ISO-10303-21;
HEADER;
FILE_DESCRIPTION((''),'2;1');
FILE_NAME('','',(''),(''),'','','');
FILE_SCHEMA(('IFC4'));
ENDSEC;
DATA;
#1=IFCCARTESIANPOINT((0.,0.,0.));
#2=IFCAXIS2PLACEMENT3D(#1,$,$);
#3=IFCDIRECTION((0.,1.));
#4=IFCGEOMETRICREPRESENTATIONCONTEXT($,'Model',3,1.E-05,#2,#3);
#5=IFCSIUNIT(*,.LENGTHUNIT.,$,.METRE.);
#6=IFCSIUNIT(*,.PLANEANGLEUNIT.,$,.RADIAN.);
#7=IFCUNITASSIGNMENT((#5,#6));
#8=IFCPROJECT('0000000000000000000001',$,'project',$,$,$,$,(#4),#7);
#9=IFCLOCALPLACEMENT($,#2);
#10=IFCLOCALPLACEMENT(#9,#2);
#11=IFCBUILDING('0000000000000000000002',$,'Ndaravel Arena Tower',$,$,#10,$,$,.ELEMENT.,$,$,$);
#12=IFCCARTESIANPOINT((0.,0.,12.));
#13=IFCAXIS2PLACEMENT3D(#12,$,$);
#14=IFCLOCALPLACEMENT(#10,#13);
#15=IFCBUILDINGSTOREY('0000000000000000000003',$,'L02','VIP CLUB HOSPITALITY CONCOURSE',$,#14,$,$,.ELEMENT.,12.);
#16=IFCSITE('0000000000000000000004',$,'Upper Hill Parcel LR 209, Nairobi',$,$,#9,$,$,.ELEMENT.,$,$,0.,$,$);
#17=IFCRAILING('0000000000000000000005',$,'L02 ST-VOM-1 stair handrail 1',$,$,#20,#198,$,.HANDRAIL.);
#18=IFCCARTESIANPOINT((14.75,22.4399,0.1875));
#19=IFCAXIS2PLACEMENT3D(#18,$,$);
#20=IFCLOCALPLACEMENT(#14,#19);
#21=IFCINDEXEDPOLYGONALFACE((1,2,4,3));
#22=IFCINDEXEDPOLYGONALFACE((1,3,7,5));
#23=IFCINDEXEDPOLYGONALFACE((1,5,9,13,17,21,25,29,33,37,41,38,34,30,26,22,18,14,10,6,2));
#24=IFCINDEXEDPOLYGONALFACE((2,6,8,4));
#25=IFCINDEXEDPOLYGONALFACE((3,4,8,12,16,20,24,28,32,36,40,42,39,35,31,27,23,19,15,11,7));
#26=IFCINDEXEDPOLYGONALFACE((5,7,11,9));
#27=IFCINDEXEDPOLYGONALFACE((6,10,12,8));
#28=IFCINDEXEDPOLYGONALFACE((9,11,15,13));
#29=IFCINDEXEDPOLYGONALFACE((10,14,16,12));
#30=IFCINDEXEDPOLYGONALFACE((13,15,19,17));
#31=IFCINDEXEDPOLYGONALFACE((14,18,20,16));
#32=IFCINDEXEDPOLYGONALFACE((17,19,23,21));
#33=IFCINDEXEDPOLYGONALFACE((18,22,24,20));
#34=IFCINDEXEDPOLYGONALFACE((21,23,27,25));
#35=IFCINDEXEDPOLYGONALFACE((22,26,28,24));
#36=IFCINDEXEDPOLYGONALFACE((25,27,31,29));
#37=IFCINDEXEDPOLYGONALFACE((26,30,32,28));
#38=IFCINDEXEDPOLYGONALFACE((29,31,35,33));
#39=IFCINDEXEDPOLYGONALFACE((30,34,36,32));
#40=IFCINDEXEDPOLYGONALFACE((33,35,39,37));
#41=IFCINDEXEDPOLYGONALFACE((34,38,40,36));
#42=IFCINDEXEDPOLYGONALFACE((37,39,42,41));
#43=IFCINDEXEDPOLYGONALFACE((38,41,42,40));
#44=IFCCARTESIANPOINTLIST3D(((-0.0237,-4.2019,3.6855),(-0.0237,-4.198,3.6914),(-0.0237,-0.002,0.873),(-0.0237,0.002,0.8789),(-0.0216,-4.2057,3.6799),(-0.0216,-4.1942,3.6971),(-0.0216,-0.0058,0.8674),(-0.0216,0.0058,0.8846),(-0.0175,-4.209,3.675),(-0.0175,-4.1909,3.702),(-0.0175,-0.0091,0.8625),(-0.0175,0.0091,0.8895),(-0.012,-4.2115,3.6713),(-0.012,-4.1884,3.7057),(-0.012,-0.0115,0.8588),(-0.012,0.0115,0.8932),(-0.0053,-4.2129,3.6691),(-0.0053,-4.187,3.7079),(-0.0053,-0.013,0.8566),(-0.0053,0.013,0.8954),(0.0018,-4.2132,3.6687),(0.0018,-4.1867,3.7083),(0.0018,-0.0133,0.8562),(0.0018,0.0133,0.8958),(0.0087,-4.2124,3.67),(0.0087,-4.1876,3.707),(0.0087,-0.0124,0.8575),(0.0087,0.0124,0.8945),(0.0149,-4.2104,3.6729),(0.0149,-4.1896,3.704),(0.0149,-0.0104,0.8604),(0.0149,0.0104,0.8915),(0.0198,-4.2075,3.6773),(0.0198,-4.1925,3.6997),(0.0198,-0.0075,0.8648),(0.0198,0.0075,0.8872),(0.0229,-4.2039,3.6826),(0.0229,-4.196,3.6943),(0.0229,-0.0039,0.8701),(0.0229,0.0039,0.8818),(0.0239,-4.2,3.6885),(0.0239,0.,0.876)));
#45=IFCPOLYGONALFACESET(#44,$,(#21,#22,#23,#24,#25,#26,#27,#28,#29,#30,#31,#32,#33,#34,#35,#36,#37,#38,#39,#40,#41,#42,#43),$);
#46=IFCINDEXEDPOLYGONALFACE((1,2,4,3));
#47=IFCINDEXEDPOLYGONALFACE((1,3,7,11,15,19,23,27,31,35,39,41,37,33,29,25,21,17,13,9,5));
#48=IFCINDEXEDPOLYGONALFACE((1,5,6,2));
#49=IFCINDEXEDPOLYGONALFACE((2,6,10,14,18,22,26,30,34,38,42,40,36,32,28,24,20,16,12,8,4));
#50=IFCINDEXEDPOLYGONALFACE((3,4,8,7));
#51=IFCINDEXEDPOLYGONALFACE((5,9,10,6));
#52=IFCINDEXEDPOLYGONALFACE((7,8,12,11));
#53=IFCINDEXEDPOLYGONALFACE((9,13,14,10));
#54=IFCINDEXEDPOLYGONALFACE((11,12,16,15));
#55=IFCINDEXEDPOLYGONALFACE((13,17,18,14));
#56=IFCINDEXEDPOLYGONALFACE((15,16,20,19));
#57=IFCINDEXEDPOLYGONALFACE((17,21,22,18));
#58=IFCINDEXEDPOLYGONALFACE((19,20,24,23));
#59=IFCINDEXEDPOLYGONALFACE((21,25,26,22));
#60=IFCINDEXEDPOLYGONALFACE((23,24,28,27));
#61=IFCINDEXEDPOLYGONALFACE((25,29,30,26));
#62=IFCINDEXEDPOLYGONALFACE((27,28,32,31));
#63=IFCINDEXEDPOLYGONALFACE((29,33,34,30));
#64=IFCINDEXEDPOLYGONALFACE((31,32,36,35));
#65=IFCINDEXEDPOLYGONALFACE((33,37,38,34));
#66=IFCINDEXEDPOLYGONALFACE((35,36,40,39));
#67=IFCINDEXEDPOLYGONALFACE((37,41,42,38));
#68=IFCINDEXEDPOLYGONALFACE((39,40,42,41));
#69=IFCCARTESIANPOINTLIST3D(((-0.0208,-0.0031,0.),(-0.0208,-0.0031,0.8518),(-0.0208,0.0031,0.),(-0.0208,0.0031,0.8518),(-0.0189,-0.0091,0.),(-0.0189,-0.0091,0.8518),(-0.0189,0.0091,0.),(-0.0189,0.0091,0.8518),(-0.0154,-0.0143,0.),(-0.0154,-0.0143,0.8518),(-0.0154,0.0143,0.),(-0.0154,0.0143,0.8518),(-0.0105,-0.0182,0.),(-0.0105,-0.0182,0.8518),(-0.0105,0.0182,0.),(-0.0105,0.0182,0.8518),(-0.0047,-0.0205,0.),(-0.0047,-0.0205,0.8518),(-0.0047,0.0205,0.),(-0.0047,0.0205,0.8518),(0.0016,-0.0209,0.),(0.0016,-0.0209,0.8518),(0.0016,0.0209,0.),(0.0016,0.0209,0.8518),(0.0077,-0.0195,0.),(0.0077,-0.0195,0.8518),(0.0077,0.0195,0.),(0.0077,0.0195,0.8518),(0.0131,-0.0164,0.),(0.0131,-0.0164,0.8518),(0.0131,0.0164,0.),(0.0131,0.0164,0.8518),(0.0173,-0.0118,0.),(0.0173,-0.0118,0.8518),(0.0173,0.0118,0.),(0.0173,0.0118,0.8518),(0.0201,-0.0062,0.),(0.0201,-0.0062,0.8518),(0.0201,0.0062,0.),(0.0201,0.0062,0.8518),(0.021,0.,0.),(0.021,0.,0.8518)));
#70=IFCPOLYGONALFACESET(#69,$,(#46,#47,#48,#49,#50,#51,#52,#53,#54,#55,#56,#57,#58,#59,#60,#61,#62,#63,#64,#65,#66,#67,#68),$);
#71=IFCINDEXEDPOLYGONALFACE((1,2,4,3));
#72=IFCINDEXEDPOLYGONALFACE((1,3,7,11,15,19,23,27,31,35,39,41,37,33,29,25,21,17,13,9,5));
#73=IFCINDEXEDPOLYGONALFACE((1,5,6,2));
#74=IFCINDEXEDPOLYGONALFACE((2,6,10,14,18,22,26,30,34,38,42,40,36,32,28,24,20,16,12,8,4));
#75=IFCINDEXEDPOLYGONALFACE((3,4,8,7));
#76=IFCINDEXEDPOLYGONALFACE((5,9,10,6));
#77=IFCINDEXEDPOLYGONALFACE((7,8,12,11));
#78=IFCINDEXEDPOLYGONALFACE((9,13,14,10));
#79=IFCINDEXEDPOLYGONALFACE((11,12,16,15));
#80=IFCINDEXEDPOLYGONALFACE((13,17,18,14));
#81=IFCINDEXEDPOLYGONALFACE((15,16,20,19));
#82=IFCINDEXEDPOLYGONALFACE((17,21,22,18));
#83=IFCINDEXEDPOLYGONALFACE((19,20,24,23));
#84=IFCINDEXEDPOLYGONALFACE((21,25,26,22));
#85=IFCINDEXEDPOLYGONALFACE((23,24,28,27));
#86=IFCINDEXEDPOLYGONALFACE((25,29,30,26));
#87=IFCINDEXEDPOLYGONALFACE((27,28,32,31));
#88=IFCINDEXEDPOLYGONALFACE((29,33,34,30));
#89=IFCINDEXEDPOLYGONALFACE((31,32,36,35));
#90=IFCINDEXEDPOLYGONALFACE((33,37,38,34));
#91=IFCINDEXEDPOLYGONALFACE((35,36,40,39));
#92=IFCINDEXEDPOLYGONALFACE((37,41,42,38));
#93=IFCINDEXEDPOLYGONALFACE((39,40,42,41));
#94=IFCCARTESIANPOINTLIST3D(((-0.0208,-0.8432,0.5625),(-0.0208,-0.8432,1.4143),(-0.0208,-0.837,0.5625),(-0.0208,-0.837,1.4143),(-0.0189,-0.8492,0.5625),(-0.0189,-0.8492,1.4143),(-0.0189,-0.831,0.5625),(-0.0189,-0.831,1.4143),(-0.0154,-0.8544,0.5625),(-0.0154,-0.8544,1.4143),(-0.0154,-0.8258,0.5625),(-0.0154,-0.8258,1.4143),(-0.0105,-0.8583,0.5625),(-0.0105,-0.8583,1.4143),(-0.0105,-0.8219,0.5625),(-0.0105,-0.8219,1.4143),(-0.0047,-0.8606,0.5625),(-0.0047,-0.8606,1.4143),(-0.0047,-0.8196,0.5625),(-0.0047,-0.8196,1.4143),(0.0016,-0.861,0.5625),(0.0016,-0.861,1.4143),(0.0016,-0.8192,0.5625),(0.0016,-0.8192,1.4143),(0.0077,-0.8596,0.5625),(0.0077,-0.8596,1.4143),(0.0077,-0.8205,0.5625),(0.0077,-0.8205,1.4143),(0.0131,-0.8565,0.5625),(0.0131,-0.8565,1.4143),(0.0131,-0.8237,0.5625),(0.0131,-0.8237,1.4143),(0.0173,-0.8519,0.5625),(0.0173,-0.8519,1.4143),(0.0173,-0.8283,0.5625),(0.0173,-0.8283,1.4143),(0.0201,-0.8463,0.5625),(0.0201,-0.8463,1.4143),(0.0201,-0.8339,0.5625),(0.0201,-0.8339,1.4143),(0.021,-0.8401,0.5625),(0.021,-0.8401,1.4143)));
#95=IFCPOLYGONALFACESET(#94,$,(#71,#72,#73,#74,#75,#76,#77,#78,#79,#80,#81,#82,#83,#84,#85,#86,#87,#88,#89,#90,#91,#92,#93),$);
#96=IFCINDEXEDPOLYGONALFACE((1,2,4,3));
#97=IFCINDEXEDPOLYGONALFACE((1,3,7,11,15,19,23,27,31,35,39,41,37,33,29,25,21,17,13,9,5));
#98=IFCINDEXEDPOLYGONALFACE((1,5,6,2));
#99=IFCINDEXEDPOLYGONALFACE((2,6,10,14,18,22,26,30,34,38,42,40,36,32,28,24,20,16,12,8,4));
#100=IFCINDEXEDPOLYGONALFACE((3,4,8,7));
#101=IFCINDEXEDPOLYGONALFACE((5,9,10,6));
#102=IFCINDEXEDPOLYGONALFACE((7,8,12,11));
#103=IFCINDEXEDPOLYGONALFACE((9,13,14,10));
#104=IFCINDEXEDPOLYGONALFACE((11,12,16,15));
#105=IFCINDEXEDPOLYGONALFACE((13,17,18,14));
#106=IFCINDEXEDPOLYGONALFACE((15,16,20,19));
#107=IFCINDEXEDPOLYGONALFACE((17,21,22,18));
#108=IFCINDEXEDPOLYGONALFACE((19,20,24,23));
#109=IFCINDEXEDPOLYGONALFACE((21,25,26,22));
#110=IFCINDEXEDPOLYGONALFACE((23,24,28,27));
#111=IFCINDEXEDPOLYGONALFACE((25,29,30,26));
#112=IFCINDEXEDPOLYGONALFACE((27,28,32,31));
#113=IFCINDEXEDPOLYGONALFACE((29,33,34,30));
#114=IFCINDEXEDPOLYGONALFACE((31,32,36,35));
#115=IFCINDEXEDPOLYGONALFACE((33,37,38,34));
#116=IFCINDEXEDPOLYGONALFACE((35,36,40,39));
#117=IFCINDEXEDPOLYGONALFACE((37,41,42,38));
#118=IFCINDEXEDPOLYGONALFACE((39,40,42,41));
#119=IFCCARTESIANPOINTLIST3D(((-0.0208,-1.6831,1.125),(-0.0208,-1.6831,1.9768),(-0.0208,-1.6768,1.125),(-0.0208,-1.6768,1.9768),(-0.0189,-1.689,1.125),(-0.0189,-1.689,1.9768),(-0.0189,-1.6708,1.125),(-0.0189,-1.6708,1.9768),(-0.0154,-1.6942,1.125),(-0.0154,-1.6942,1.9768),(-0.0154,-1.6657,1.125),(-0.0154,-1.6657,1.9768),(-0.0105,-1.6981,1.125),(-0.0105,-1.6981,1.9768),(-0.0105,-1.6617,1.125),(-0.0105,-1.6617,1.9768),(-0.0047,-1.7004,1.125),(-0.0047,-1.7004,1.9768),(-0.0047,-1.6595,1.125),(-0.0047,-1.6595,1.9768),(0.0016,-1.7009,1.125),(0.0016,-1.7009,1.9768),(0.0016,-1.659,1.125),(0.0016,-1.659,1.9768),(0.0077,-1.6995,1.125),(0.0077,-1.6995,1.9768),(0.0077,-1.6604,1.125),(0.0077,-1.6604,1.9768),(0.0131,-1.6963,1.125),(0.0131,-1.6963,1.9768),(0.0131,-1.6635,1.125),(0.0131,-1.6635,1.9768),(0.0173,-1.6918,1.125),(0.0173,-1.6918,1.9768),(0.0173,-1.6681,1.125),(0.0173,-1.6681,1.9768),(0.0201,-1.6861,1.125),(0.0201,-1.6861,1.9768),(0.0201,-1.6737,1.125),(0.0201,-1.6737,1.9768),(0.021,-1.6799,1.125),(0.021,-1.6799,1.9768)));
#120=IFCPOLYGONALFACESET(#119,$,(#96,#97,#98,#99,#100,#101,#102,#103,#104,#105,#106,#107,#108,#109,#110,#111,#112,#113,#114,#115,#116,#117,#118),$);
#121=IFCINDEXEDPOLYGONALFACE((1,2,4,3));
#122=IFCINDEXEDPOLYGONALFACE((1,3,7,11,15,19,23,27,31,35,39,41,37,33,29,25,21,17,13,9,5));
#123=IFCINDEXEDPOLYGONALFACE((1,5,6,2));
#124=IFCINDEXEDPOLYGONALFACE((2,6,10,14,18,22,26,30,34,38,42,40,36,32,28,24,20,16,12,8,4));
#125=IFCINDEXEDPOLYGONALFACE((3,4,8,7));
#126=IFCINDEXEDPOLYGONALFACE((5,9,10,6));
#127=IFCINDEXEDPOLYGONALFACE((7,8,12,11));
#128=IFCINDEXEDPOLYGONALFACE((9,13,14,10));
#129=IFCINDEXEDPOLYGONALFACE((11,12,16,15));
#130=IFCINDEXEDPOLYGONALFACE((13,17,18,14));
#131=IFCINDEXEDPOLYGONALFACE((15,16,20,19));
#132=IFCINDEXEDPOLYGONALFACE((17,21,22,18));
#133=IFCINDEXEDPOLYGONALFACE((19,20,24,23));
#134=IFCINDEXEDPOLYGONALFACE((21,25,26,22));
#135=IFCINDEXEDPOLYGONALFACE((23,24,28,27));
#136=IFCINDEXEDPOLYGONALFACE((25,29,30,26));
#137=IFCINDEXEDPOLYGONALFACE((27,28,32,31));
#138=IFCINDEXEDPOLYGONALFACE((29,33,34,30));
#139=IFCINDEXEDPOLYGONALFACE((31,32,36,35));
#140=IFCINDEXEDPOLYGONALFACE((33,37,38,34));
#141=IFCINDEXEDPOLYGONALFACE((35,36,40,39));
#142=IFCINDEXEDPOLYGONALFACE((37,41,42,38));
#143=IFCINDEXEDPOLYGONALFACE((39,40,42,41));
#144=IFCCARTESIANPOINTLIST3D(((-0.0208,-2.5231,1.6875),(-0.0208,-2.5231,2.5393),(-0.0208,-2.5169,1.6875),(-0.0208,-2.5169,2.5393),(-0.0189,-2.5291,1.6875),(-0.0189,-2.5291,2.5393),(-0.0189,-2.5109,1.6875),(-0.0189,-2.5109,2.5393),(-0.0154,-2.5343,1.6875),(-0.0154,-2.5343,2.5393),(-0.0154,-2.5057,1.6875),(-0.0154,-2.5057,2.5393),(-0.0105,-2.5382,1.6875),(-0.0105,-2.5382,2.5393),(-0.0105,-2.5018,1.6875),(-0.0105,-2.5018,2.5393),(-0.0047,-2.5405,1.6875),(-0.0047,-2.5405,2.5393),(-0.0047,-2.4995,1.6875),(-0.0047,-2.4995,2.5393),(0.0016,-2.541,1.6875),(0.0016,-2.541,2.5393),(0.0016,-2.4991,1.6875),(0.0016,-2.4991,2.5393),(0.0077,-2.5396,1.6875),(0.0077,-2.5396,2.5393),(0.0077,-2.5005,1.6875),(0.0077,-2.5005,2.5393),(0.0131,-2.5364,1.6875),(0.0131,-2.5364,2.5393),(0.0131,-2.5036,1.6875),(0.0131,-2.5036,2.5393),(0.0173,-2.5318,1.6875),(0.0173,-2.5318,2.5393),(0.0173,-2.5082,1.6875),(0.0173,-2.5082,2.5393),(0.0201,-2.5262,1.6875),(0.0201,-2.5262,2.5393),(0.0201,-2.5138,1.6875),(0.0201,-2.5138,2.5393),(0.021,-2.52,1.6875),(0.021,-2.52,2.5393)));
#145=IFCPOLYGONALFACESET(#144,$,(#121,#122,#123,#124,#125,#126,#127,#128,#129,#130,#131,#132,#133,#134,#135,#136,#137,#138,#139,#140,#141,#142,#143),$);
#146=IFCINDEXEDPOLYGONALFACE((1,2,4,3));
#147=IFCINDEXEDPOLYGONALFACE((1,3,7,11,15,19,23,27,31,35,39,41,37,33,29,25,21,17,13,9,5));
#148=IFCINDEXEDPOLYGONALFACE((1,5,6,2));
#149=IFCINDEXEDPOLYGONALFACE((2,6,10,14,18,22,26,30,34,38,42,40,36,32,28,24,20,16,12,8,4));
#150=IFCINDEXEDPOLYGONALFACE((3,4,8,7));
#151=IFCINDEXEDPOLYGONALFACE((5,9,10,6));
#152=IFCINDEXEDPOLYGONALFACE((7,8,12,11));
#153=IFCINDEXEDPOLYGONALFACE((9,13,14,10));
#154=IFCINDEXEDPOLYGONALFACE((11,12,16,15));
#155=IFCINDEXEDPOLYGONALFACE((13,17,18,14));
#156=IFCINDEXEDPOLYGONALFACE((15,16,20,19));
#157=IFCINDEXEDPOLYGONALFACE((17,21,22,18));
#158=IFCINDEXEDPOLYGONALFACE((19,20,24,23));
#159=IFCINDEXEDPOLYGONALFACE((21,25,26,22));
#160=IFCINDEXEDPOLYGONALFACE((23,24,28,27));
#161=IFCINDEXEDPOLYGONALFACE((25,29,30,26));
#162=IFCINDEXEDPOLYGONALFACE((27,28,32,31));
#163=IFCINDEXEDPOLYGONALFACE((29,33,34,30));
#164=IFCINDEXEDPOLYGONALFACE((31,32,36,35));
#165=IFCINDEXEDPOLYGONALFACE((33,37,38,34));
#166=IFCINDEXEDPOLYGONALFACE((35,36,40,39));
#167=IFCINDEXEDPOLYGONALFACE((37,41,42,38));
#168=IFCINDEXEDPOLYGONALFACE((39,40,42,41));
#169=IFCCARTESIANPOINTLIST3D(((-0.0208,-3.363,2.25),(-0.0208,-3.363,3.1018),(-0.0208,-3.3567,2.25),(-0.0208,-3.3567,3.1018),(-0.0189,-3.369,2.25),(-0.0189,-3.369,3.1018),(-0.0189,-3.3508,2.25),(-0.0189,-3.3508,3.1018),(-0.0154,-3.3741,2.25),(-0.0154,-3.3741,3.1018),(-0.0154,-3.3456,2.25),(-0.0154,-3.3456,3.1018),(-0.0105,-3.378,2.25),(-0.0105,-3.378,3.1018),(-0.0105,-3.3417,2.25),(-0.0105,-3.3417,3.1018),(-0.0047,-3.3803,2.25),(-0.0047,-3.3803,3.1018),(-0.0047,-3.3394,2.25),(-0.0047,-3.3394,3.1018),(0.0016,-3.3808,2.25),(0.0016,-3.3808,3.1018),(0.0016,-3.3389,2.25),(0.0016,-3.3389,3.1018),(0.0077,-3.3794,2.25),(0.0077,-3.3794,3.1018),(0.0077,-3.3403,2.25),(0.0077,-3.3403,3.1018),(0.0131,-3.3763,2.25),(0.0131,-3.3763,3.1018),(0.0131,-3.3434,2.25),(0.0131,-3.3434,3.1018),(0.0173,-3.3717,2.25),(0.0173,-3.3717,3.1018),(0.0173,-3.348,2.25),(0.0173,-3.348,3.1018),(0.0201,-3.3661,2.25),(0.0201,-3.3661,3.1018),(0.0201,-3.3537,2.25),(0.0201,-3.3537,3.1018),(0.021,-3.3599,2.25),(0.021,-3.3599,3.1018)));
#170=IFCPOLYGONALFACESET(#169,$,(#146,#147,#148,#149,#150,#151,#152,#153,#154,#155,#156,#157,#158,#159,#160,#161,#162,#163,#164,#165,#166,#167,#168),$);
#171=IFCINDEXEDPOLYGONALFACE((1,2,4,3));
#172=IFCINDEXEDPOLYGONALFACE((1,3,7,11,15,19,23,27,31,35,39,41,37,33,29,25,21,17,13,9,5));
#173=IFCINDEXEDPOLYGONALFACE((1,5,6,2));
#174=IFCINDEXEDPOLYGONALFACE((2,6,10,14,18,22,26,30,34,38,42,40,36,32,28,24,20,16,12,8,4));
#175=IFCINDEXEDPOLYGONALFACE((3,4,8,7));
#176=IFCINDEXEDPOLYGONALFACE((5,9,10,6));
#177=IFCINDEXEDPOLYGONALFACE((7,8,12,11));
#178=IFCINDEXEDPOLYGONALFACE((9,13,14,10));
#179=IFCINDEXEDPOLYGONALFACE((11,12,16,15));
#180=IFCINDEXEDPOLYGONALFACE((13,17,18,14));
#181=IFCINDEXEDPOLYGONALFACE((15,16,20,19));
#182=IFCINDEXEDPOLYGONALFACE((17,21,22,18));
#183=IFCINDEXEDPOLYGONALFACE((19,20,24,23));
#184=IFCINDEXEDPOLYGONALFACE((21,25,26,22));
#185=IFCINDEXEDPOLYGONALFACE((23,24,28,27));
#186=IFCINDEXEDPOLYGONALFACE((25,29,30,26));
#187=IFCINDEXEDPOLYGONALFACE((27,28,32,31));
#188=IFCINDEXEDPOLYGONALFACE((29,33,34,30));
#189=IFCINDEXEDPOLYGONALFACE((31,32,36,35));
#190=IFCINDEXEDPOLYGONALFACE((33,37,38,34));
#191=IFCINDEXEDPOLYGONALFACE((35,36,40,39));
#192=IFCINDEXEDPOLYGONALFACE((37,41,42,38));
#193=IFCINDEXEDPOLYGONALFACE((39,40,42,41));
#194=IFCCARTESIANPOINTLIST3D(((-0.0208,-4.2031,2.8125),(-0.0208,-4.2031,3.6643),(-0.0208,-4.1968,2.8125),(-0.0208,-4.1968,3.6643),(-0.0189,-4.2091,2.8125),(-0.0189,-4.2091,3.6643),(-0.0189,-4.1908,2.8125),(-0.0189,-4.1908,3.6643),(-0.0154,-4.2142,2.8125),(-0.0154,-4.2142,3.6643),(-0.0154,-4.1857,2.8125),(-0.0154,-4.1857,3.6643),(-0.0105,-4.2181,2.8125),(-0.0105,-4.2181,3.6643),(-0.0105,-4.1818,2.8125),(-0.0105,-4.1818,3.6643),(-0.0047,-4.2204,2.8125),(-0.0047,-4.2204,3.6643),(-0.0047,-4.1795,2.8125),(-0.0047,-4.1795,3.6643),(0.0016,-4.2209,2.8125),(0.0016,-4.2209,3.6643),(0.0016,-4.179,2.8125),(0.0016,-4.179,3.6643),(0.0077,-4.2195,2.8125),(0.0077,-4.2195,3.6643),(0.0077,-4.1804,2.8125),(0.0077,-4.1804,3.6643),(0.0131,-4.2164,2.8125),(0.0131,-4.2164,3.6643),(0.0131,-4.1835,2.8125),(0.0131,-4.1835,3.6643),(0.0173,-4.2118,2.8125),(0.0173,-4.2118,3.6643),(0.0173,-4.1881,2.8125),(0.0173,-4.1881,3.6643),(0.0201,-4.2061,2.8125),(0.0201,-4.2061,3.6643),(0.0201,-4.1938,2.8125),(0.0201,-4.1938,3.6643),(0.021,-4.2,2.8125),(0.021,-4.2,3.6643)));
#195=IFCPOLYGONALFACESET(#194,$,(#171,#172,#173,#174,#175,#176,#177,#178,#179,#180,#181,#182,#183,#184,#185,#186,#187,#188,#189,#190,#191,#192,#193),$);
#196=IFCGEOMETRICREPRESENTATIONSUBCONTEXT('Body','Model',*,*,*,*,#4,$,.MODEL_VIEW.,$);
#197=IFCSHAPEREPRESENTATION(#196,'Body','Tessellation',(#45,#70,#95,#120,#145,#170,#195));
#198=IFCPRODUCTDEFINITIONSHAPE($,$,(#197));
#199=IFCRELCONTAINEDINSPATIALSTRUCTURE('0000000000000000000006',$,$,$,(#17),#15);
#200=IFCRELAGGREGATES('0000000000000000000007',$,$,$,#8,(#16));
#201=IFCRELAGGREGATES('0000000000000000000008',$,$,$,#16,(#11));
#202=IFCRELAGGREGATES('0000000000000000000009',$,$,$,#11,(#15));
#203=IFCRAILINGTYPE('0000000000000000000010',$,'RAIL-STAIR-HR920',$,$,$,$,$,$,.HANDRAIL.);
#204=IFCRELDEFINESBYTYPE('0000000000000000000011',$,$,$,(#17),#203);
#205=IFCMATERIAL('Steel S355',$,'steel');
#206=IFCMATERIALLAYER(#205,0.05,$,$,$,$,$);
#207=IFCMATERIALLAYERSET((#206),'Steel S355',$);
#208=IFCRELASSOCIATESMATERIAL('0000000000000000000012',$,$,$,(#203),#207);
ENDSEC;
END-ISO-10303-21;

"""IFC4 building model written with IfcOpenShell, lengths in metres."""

from ifc_helpers import new_model, si_unit, direction, frame, origin, origin_2d, place, context, subcontext, project, spatial, circle, extrude, material, layer, layer_set, type_object, element, save


model = new_model("IFC4")

# Units and contexts
model_context = context("Model", 3, precision=1e-05, world=origin(), true_north=direction((0.0, 1.0)))
body_context = subcontext(model_context, "Body", "Model", "MODEL_VIEW")
ifc_project = project(units=[si_unit("LENGTHUNIT", "METRE"), si_unit("PLANEANGLEUNIT", "RADIAN")], contexts=[model_context])

# Site, building, storey
site_placement = place(None, origin())
site = spatial("IfcSite", under=ifc_project, at=site_placement, Name="Upper Hill Parcel LR 209, Nairobi", CompositionType="ELEMENT", RefElevation=0.0)
building_placement = place(site_placement, origin())
building = spatial("IfcBuilding", under=site, at=building_placement, Name="Ndaravel Arena Tower", CompositionType="ELEMENT")
storey_placement = place(building_placement, frame((0.0, 0.0, 12.0)))
storey = spatial("IfcBuildingStorey", under=building, at=storey_placement, Name="L02", Description="VIP CLUB HOSPITALITY CONCOURSE", CompositionType="ELEMENT", Elevation=12.0)

# Railing
ifc_material_1 = material(Name="Steel S355", Category="steel")
ifc_layer_1 = layer(ifc_material_1, 0.05)
ifc_layer_set_1 = layer_set([ifc_layer_1], Name="Steel S355")
railing_type_1 = type_object("IfcRailingType", Name="RAIL-STAIR-HR920", PredefinedType="HANDRAIL", material=ifc_layer_set_1)
for number, where, name in (
    (1, (14.75, 22.4399, 0.1875), "L02 ST-VOM-1 stair handrail 1"),
):
    element("IfcRailing", number, at=place(storey_placement, frame(where)), inside=storey, type_object=railing_type_1, Name=name, PredefinedType="HANDRAIL", context=body_context, shape_type="SweptSolid", body=[
        extrude(circle(Radius=0.0239, at=origin_2d()), frame((0.0, 0.0, 0.876), z_axis=(0.0, -0.830904, 0.556416), x_axis=(1.0, 0.0, 0.0)), (0.0, 0.0, 1.0), 5.0547),
        extrude(circle(Radius=0.021, at=origin_2d()), origin(), (0.0, 0.0, 1.0), 0.8518),
        extrude(circle(Radius=0.021, at=origin_2d()), frame((0.0, -0.8401, 0.5625)), (0.0, 0.0, 1.0), 0.8518),
        extrude(circle(Radius=0.021, at=origin_2d()), frame((0.0, -1.6799, 1.125)), (0.0, 0.0, 1.0), 0.8518),
        extrude(circle(Radius=0.021, at=origin_2d()), frame((0.0, -2.52, 1.6875)), (0.0, 0.0, 1.0), 0.8518),
        extrude(circle(Radius=0.021, at=origin_2d()), frame((0.0, -3.3599, 2.25)), (0.0, 0.0, 1.0), 0.8518),
        extrude(circle(Radius=0.021, at=origin_2d()), frame((0.0, -4.2, 2.8125)), (0.0, 0.0, 1.0), 0.8518),
    ])

save(model, "model.ifc")
